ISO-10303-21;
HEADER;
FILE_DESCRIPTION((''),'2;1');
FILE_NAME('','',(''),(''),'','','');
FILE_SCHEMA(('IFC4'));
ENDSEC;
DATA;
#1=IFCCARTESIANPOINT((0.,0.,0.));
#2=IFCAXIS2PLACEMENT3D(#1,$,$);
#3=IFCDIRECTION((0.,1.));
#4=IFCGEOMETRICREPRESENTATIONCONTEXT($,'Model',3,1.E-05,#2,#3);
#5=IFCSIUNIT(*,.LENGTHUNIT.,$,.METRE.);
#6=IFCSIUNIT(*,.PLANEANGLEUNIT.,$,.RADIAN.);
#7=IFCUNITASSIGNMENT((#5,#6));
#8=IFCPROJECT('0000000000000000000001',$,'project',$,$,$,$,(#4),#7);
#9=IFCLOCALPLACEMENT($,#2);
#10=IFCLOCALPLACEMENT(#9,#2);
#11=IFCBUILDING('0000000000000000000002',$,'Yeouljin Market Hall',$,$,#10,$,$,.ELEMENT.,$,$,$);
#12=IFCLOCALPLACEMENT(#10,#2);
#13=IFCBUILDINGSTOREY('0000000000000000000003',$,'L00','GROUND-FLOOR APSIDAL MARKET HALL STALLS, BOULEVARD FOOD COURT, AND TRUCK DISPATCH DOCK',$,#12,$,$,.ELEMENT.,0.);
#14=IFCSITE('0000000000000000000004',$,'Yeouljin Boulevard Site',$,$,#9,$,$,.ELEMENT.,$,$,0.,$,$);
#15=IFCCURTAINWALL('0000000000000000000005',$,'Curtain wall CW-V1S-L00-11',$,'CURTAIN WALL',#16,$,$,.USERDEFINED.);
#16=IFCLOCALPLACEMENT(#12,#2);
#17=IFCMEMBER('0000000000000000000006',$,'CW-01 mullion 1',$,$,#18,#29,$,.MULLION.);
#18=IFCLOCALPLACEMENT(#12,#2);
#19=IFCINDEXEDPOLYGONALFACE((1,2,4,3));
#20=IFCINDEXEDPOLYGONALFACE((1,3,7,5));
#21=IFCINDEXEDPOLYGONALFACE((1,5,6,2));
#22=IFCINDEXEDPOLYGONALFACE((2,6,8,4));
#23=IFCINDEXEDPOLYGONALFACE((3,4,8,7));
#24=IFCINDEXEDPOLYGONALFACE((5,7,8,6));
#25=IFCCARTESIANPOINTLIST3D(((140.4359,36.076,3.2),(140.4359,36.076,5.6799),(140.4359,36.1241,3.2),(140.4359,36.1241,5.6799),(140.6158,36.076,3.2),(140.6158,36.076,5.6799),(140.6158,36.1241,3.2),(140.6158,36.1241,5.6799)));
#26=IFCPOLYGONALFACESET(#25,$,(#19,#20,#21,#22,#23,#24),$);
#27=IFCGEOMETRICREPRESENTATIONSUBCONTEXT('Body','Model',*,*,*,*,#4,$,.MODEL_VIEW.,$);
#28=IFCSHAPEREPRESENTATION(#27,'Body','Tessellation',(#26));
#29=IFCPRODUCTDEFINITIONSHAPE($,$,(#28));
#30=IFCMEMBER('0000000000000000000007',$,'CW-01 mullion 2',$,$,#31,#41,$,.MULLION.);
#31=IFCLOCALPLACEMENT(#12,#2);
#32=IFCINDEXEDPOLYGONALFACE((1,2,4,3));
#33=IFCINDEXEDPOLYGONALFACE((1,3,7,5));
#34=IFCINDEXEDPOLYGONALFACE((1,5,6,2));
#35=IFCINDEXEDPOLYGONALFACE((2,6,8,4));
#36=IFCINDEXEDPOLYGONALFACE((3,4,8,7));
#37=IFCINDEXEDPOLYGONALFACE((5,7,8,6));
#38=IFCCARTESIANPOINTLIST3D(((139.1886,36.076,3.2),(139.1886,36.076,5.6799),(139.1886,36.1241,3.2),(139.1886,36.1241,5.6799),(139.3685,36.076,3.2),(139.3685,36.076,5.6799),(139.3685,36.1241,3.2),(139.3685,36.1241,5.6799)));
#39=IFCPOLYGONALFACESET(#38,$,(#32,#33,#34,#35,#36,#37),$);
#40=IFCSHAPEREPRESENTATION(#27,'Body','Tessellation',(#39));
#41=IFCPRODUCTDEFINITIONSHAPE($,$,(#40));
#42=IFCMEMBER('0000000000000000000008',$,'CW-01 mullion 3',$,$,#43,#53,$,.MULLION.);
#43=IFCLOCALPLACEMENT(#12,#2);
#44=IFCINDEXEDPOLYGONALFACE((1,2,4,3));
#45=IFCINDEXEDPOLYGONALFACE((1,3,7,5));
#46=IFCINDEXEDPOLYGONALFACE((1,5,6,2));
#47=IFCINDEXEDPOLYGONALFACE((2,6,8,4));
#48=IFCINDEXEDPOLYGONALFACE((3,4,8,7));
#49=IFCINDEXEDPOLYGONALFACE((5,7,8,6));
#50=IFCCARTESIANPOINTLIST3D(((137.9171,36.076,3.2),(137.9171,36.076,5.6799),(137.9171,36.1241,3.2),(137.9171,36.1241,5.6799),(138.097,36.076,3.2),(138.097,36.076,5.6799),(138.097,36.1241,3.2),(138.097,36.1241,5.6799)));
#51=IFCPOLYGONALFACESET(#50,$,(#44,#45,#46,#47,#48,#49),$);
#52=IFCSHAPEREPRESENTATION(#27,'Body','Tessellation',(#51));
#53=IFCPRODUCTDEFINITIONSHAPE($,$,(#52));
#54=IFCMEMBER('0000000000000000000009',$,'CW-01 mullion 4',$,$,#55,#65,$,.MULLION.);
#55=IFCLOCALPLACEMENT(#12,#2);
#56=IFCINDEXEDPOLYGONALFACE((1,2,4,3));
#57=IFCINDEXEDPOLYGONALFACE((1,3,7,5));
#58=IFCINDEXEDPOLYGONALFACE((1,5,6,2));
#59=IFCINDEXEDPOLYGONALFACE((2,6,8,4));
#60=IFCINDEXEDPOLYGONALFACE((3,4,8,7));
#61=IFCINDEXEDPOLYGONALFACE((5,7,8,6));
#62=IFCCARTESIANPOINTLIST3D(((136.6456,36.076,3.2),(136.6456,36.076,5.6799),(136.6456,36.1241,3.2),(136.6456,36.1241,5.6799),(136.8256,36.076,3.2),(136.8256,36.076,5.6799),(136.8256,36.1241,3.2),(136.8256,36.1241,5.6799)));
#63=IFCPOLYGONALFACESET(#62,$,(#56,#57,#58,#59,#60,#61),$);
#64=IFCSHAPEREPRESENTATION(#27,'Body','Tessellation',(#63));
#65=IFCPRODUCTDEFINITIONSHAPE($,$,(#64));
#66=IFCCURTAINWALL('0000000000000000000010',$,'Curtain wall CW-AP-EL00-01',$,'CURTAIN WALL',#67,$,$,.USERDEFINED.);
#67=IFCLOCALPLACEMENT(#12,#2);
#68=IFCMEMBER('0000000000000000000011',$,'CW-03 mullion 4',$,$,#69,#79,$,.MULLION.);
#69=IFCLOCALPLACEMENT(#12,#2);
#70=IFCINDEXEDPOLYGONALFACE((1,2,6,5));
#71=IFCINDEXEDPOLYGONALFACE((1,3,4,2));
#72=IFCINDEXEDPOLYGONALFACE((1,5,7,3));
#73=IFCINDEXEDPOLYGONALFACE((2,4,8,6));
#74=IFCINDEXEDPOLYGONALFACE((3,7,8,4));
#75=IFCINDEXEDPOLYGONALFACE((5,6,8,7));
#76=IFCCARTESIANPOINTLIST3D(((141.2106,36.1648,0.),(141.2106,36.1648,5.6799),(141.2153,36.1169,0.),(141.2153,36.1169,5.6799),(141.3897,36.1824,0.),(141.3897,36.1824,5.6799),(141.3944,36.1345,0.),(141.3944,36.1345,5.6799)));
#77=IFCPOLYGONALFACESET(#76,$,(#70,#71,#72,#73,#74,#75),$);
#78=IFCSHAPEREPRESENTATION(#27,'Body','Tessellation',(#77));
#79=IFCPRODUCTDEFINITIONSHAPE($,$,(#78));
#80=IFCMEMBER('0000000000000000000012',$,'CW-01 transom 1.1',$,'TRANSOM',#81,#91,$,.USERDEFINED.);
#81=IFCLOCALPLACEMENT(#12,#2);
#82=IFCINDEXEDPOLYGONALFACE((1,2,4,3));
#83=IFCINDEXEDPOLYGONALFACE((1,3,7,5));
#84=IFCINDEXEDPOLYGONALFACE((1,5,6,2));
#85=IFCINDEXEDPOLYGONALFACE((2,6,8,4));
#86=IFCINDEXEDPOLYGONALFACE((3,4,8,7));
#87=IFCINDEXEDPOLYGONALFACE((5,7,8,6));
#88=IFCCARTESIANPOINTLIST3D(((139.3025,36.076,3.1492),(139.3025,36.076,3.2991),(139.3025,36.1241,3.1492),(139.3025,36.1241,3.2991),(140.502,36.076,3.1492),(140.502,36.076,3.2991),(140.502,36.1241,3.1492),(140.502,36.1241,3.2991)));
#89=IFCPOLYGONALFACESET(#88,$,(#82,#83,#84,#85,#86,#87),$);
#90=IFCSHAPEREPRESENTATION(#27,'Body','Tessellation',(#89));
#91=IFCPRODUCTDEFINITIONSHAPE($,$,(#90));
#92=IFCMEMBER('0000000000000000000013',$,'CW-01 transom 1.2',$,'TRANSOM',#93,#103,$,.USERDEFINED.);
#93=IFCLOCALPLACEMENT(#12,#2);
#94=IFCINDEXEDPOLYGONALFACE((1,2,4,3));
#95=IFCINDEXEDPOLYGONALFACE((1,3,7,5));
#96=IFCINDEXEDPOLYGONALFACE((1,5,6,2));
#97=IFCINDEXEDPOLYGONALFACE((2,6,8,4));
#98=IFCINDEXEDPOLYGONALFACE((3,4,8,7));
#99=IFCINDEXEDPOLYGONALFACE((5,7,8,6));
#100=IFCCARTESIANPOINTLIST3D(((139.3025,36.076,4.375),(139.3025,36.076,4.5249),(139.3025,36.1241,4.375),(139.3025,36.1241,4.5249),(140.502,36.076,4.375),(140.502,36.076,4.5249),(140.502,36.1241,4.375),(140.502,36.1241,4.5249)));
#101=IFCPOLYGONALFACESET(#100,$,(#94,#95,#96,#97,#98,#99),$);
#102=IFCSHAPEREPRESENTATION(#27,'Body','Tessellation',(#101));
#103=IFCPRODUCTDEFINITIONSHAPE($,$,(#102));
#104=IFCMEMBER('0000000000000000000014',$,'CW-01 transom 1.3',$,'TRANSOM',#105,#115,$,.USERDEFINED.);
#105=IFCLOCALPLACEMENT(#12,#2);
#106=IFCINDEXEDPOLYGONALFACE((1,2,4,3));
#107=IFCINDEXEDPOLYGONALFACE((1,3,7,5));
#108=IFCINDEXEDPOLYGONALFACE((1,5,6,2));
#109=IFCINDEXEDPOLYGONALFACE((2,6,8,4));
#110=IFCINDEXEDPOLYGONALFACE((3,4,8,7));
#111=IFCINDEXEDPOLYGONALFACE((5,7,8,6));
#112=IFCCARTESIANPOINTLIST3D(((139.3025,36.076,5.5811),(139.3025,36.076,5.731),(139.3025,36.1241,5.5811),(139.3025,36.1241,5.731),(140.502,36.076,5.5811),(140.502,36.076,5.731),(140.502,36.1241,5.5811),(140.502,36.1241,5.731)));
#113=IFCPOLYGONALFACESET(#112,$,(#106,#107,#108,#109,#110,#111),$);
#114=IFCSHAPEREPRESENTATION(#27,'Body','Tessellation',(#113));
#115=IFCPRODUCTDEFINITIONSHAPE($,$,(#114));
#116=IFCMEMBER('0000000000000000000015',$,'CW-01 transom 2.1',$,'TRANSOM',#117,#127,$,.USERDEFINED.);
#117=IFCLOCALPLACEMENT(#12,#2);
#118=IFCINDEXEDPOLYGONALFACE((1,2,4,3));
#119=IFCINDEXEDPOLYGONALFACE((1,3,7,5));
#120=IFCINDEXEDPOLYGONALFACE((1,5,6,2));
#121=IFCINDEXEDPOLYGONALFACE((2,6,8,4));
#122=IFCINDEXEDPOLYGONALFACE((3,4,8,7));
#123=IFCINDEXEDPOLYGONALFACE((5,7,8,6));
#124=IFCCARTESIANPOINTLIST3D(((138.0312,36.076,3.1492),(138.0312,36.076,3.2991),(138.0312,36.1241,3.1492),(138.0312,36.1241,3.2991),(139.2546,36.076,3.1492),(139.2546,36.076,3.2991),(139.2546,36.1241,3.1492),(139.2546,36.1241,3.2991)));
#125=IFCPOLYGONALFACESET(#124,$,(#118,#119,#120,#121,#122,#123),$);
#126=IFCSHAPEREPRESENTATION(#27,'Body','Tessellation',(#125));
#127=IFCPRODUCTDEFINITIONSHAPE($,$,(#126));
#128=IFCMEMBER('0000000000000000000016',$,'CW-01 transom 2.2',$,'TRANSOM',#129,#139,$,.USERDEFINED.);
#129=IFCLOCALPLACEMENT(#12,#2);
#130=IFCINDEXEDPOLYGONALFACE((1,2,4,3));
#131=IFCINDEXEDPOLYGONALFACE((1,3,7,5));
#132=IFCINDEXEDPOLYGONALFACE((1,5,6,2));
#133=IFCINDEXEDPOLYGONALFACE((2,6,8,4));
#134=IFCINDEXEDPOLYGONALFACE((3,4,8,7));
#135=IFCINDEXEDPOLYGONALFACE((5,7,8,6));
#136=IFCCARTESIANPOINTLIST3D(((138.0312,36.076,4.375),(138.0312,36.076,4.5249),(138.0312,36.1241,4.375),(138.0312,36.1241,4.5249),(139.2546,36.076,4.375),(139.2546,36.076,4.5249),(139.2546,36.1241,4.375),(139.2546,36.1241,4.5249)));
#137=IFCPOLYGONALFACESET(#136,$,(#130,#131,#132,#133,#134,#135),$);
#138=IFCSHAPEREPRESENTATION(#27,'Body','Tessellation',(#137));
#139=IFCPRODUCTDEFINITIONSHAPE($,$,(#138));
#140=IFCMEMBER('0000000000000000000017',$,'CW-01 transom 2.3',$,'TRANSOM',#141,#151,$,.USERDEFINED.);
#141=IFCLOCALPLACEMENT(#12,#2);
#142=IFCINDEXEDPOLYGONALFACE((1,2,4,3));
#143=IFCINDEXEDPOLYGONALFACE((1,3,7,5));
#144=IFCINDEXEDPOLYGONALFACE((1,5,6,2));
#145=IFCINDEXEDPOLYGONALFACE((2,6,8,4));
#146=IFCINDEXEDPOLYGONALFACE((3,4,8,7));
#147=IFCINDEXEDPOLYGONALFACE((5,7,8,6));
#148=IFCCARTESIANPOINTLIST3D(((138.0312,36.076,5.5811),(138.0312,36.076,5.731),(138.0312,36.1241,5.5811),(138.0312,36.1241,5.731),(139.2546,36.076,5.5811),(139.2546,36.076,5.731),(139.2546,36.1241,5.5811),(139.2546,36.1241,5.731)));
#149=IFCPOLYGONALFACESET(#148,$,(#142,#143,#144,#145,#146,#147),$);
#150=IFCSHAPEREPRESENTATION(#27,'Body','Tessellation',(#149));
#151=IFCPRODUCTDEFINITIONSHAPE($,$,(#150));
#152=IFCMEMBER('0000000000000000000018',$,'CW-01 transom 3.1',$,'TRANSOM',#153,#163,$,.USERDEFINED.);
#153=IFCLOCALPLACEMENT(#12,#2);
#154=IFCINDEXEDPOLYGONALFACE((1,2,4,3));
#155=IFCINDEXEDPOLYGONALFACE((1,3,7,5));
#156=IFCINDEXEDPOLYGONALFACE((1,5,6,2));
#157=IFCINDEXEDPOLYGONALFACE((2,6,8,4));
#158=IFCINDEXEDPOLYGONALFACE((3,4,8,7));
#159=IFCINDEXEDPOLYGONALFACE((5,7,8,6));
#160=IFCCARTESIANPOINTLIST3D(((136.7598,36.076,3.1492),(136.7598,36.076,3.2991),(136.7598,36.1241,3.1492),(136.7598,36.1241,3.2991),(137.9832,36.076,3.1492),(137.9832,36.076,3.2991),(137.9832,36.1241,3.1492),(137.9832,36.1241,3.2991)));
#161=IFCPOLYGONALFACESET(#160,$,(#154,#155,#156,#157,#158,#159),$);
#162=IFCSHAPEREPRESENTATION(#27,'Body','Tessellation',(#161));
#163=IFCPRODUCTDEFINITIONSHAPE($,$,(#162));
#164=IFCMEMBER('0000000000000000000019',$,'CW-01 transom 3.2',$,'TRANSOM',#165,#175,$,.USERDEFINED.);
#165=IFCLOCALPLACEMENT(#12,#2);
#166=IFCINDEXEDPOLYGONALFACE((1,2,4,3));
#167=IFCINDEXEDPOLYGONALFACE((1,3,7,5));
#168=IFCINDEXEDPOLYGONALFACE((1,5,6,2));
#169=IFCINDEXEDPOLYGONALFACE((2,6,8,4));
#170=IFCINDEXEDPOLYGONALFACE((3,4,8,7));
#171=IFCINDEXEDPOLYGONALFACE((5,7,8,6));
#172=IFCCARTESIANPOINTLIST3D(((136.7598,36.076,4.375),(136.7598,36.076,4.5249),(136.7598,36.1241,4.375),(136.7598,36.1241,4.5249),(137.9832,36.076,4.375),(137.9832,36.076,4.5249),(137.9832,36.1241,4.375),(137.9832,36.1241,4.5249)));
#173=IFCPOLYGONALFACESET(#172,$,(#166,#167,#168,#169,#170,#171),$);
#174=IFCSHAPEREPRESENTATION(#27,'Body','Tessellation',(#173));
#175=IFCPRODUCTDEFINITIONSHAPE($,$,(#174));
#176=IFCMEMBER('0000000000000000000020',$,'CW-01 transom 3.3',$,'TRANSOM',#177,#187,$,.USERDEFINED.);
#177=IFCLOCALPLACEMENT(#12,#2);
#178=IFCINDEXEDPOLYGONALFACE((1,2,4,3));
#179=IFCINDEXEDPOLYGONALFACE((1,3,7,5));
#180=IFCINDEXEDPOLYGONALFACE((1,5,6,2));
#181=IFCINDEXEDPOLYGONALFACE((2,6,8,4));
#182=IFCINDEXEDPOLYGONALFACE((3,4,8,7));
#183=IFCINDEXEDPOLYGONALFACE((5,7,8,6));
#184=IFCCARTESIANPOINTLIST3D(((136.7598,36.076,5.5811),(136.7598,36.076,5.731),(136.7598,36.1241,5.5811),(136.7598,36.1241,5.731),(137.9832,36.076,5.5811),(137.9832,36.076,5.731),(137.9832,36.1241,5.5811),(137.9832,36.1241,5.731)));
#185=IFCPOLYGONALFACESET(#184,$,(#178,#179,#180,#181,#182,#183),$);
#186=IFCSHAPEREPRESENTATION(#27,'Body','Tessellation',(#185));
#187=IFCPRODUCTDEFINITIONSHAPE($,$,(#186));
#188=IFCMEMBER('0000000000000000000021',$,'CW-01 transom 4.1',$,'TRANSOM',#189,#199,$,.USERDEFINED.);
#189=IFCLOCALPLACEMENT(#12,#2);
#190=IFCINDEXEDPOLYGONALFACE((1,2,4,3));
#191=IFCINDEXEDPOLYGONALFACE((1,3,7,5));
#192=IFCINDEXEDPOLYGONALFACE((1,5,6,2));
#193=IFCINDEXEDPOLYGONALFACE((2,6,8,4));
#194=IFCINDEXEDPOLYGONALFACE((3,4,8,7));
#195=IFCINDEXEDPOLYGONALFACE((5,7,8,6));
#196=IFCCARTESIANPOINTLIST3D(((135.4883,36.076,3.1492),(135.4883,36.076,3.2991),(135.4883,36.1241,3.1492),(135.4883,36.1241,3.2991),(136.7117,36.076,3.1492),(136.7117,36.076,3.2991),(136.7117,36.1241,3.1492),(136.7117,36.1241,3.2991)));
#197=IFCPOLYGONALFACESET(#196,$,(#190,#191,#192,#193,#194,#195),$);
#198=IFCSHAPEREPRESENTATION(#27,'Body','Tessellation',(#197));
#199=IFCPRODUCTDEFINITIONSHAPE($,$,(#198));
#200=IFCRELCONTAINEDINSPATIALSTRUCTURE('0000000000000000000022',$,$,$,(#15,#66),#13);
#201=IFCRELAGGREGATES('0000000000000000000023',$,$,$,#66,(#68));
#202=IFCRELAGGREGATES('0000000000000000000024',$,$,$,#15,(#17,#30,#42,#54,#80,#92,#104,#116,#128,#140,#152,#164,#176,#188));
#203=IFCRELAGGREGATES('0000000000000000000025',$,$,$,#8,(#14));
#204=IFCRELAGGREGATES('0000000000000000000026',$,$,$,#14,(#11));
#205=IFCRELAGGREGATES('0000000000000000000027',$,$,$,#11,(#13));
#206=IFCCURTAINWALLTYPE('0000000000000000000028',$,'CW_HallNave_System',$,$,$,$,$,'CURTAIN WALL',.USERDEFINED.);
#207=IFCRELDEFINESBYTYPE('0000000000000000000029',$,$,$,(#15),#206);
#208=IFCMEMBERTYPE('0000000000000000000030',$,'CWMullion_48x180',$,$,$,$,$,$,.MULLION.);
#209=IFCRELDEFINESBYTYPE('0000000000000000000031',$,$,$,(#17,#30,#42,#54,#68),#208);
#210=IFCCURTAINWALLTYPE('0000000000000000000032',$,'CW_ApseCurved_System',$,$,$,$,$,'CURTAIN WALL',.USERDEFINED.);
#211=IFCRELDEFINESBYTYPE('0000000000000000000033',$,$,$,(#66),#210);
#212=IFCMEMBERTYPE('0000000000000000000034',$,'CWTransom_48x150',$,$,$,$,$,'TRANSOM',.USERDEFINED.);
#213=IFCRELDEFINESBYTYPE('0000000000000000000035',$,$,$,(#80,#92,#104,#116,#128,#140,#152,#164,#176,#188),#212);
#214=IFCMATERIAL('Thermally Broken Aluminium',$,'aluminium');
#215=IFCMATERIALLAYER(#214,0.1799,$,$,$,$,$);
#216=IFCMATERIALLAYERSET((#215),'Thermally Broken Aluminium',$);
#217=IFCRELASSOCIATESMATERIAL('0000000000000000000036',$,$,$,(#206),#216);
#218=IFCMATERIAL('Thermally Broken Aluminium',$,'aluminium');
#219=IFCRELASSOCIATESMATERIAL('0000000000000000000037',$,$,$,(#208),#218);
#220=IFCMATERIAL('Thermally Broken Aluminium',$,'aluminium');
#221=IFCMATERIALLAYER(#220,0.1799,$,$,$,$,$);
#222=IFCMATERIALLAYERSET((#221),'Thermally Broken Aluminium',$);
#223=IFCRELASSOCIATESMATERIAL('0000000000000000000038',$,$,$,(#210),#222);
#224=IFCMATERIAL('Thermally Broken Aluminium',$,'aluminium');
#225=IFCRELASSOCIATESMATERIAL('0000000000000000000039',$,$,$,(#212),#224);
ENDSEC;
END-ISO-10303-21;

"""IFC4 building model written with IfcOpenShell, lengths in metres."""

from ifc_helpers import new_model, si_unit, direction, frame, origin, origin_2d, place, context, subcontext, project, spatial, rectangle, extrude, material, layer, layer_set, material_profile, profile_set, type_object, element, aggregate, save


model = new_model("IFC4")

# Units and contexts
model_context = context("Model", 3, precision=1e-05, world=origin(), true_north=direction((0.0, 1.0)))
body_context = subcontext(model_context, "Body", "Model", "MODEL_VIEW")
ifc_project = project(units=[si_unit("LENGTHUNIT", "METRE"), si_unit("PLANEANGLEUNIT", "RADIAN")], contexts=[model_context])

# Site, building, storey
site_placement = place(None, origin())
site = spatial("IfcSite", under=ifc_project, at=site_placement, Name="Yeouljin Boulevard Site", CompositionType="ELEMENT", RefElevation=0.0)
building_placement = place(site_placement, origin())
building = spatial("IfcBuilding", under=site, at=building_placement, Name="Yeouljin Market Hall", CompositionType="ELEMENT")
storey_placement = place(building_placement, origin())
storey = spatial("IfcBuildingStorey", under=building, at=storey_placement, Name="L00", Description="GROUND-FLOOR APSIDAL MARKET HALL STALLS, BOULEVARD FOOD COURT, AND TRUCK DISPATCH DOCK", CompositionType="ELEMENT", Elevation=0.0)

# Curtain wall, members
ifc_material_1 = material(Name="Thermally Broken Aluminium", Category="aluminium")
ifc_layer_1 = layer(ifc_material_1, 0.1799)
ifc_layer_set_1 = layer_set([ifc_layer_1], Name="Thermally Broken Aluminium")
curtain_wall_type_1 = type_object("IfcCurtainWallType", Name="CW_HallNave_System", ElementType="CURTAIN WALL", PredefinedType="USERDEFINED", material=ifc_layer_set_1)
curtain_wall_1_placement = place(storey_placement, origin())
curtain_wall_1 = element("IfcCurtainWall", 1, at=curtain_wall_1_placement, inside=storey, type_object=curtain_wall_type_1, Name="Curtain wall CW-V1S-L00-11", ObjectType="CURTAIN WALL", PredefinedType="USERDEFINED")
ifc_material_2 = material(Name="Thermally Broken Aluminium", Category="aluminium")
ifc_material_profile_1 = material_profile(ifc_material_2, rectangle(XDim=0.0481, YDim=0.1799, at=origin_2d()), Name="CW-MULL-48x180")
ifc_profile_set_1 = profile_set([ifc_material_profile_1], Name="Thermally Broken Aluminium")
member_type_1 = type_object("IfcMemberType", Name="CWMullion_48x180", PredefinedType="MULLION", material=ifc_profile_set_1)
member_1_placement = place(storey_placement, frame((140.5259, 36.1001, 3.2), z_axis=(0.0, 0.0, 1.0), x_axis=(0.0, -1.0, 0.0)))
member_1 = element("IfcMember", 2, at=member_1_placement, type_object=member_type_1, Name="CW-01 mullion 1", PredefinedType="MULLION", context=body_context, shape_type="SweptSolid", body=[
    extrude(rectangle(XDim=0.0481, YDim=0.1799, at=origin_2d()), origin(), (0.0, 0.0, 1.0), 2.48),
])
member_2_placement = place(storey_placement, frame((139.2786, 36.1001, 3.2), z_axis=(0.0, 0.0, 1.0), x_axis=(0.0, -1.0, 0.0)))
member_2 = element("IfcMember", 3, at=member_2_placement, type_object=member_type_1, Name="CW-01 mullion 2", PredefinedType="MULLION", context=body_context, shape_type="SweptSolid", body=[
    extrude(rectangle(XDim=0.0481, YDim=0.1799, at=origin_2d()), origin(), (0.0, 0.0, 1.0), 2.48),
])
member_3_placement = place(storey_placement, frame((138.0071, 36.1001, 3.2), z_axis=(0.0, 0.0, 1.0), x_axis=(0.0, -1.0, 0.0)))
member_3 = element("IfcMember", 4, at=member_3_placement, type_object=member_type_1, Name="CW-01 mullion 3", PredefinedType="MULLION", context=body_context, shape_type="SweptSolid", body=[
    extrude(rectangle(XDim=0.0481, YDim=0.1799, at=origin_2d()), origin(), (0.0, 0.0, 1.0), 2.48),
])
member_4_placement = place(storey_placement, frame((136.7356, 36.1001, 3.2), z_axis=(0.0, 0.0, 1.0), x_axis=(0.0, -1.0, 0.0)))
member_4 = element("IfcMember", 5, at=member_4_placement, type_object=member_type_1, Name="CW-01 mullion 4", PredefinedType="MULLION", context=body_context, shape_type="SweptSolid", body=[
    extrude(rectangle(XDim=0.0481, YDim=0.1799, at=origin_2d()), origin(), (0.0, 0.0, 1.0), 2.48),
])

# Curtain wall, member
ifc_material_3 = material(Name="Thermally Broken Aluminium", Category="aluminium")
ifc_layer_2 = layer(ifc_material_3, 0.1799)
ifc_layer_set_2 = layer_set([ifc_layer_2], Name="Thermally Broken Aluminium")
curtain_wall_type_2 = type_object("IfcCurtainWallType", Name="CW_ApseCurved_System", ElementType="CURTAIN WALL", PredefinedType="USERDEFINED", material=ifc_layer_set_2)
curtain_wall_2_placement = place(storey_placement, origin())
curtain_wall_2 = element("IfcCurtainWall", 6, at=curtain_wall_2_placement, inside=storey, type_object=curtain_wall_type_2, Name="Curtain wall CW-AP-EL00-01", ObjectType="CURTAIN WALL", PredefinedType="USERDEFINED")
member_5_placement = place(storey_placement, frame((141.3025, 36.1497, 0.0), z_axis=(0.0, 0.0, 1.0), x_axis=(0.098034, -0.995183, 0.0)))
member_5 = element("IfcMember", 7, at=member_5_placement, type_object=member_type_1, Name="CW-03 mullion 4", PredefinedType="MULLION", context=body_context, shape_type="SweptSolid", body=[
    extrude(rectangle(XDim=0.0481, YDim=0.1799, at=origin_2d()), origin(), (0.0, 0.0, 1.0), 5.6799),
])

# Members
ifc_material_4 = material(Name="Thermally Broken Aluminium", Category="aluminium")
ifc_material_profile_2 = material_profile(ifc_material_4, rectangle(XDim=0.0481, YDim=0.1499, at=origin_2d()), Name="CW-TRAN-48x150")
ifc_profile_set_2 = profile_set([ifc_material_profile_2], Name="Thermally Broken Aluminium")
member_type_2 = type_object("IfcMemberType", Name="CWTransom_48x150", ElementType="TRANSOM", PredefinedType="USERDEFINED", material=ifc_profile_set_2)
member_6_placement = place(storey_placement, frame((140.502, 36.1001, 3.2241), z_axis=(-1.0, 0.0, 0.0), x_axis=(0.0, -1.0, 0.0)))
member_6 = element("IfcMember", 8, at=member_6_placement, type_object=member_type_2, Name="CW-01 transom 1.1", ObjectType="TRANSOM", PredefinedType="USERDEFINED", context=body_context, shape_type="SweptSolid", body=[
    extrude(rectangle(XDim=0.0481, YDim=0.1499, at=origin_2d()), origin(), (0.0, 0.0, 1.0), 1.1995),
])
member_7_placement = place(storey_placement, frame((140.502, 36.1001, 4.45), z_axis=(-1.0, 0.0, 0.0), x_axis=(0.0, -1.0, 0.0)))
member_7 = element("IfcMember", 9, at=member_7_placement, type_object=member_type_2, Name="CW-01 transom 1.2", ObjectType="TRANSOM", PredefinedType="USERDEFINED", context=body_context, shape_type="SweptSolid", body=[
    extrude(rectangle(XDim=0.0481, YDim=0.1499, at=origin_2d()), origin(), (0.0, 0.0, 1.0), 1.1995),
])
member_8_placement = place(storey_placement, frame((140.502, 36.1001, 5.656), z_axis=(-1.0, 0.0, 0.0), x_axis=(0.0, -1.0, 0.0)))
member_8 = element("IfcMember", 10, at=member_8_placement, type_object=member_type_2, Name="CW-01 transom 1.3", ObjectType="TRANSOM", PredefinedType="USERDEFINED", context=body_context, shape_type="SweptSolid", body=[
    extrude(rectangle(XDim=0.0481, YDim=0.1499, at=origin_2d()), origin(), (0.0, 0.0, 1.0), 1.1995),
])
member_9_placement = place(storey_placement, frame((139.2546, 36.1001, 3.2241), z_axis=(-1.0, 0.0, 0.0), x_axis=(0.0, -1.0, 0.0)))
member_9 = element("IfcMember", 11, at=member_9_placement, type_object=member_type_2, Name="CW-01 transom 2.1", ObjectType="TRANSOM", PredefinedType="USERDEFINED", context=body_context, shape_type="SweptSolid", body=[
    extrude(rectangle(XDim=0.0481, YDim=0.1499, at=origin_2d()), origin(), (0.0, 0.0, 1.0), 1.2234),
])
member_10_placement = place(storey_placement, frame((139.2546, 36.1001, 4.45), z_axis=(-1.0, 0.0, 0.0), x_axis=(0.0, -1.0, 0.0)))
member_10 = element("IfcMember", 12, at=member_10_placement, type_object=member_type_2, Name="CW-01 transom 2.2", ObjectType="TRANSOM", PredefinedType="USERDEFINED", context=body_context, shape_type="SweptSolid", body=[
    extrude(rectangle(XDim=0.0481, YDim=0.1499, at=origin_2d()), origin(), (0.0, 0.0, 1.0), 1.2234),
])
member_11_placement = place(storey_placement, frame((139.2546, 36.1001, 5.656), z_axis=(-1.0, 0.0, 0.0), x_axis=(0.0, -1.0, 0.0)))
member_11 = element("IfcMember", 13, at=member_11_placement, type_object=member_type_2, Name="CW-01 transom 2.3", ObjectType="TRANSOM", PredefinedType="USERDEFINED", context=body_context, shape_type="SweptSolid", body=[
    extrude(rectangle(XDim=0.0481, YDim=0.1499, at=origin_2d()), origin(), (0.0, 0.0, 1.0), 1.2234),
])
member_12_placement = place(storey_placement, frame((137.9832, 36.1001, 3.2241), z_axis=(-1.0, 0.0, 0.0), x_axis=(0.0, -1.0, 0.0)))
member_12 = element("IfcMember", 14, at=member_12_placement, type_object=member_type_2, Name="CW-01 transom 3.1", ObjectType="TRANSOM", PredefinedType="USERDEFINED", context=body_context, shape_type="SweptSolid", body=[
    extrude(rectangle(XDim=0.0481, YDim=0.1499, at=origin_2d()), origin(), (0.0, 0.0, 1.0), 1.2234),
])
member_13_placement = place(storey_placement, frame((137.9832, 36.1001, 4.45), z_axis=(-1.0, 0.0, 0.0), x_axis=(0.0, -1.0, 0.0)))
member_13 = element("IfcMember", 15, at=member_13_placement, type_object=member_type_2, Name="CW-01 transom 3.2", ObjectType="TRANSOM", PredefinedType="USERDEFINED", context=body_context, shape_type="SweptSolid", body=[
    extrude(rectangle(XDim=0.0481, YDim=0.1499, at=origin_2d()), origin(), (0.0, 0.0, 1.0), 1.2234),
])
member_14_placement = place(storey_placement, frame((137.9832, 36.1001, 5.656), z_axis=(-1.0, 0.0, 0.0), x_axis=(0.0, -1.0, 0.0)))
member_14 = element("IfcMember", 16, at=member_14_placement, type_object=member_type_2, Name="CW-01 transom 3.3", ObjectType="TRANSOM", PredefinedType="USERDEFINED", context=body_context, shape_type="SweptSolid", body=[
    extrude(rectangle(XDim=0.0481, YDim=0.1499, at=origin_2d()), origin(), (0.0, 0.0, 1.0), 1.2234),
])
member_15_placement = place(storey_placement, frame((136.7117, 36.1001, 3.2241), z_axis=(-1.0, 0.0, 0.0), x_axis=(0.0, -1.0, 0.0)))
member_15 = element("IfcMember", 17, at=member_15_placement, type_object=member_type_2, Name="CW-01 transom 4.1", ObjectType="TRANSOM", PredefinedType="USERDEFINED", context=body_context, shape_type="SweptSolid", body=[
    extrude(rectangle(XDim=0.0481, YDim=0.1499, at=origin_2d()), origin(), (0.0, 0.0, 1.0), 1.2234),
])

aggregate(curtain_wall_2, [member_5])
aggregate(curtain_wall_1, [member_1, member_2, member_3, member_4, member_6, member_7, member_8, member_9, member_10, member_11, member_12, member_13, member_14, member_15])

save(model, "model.ifc")
